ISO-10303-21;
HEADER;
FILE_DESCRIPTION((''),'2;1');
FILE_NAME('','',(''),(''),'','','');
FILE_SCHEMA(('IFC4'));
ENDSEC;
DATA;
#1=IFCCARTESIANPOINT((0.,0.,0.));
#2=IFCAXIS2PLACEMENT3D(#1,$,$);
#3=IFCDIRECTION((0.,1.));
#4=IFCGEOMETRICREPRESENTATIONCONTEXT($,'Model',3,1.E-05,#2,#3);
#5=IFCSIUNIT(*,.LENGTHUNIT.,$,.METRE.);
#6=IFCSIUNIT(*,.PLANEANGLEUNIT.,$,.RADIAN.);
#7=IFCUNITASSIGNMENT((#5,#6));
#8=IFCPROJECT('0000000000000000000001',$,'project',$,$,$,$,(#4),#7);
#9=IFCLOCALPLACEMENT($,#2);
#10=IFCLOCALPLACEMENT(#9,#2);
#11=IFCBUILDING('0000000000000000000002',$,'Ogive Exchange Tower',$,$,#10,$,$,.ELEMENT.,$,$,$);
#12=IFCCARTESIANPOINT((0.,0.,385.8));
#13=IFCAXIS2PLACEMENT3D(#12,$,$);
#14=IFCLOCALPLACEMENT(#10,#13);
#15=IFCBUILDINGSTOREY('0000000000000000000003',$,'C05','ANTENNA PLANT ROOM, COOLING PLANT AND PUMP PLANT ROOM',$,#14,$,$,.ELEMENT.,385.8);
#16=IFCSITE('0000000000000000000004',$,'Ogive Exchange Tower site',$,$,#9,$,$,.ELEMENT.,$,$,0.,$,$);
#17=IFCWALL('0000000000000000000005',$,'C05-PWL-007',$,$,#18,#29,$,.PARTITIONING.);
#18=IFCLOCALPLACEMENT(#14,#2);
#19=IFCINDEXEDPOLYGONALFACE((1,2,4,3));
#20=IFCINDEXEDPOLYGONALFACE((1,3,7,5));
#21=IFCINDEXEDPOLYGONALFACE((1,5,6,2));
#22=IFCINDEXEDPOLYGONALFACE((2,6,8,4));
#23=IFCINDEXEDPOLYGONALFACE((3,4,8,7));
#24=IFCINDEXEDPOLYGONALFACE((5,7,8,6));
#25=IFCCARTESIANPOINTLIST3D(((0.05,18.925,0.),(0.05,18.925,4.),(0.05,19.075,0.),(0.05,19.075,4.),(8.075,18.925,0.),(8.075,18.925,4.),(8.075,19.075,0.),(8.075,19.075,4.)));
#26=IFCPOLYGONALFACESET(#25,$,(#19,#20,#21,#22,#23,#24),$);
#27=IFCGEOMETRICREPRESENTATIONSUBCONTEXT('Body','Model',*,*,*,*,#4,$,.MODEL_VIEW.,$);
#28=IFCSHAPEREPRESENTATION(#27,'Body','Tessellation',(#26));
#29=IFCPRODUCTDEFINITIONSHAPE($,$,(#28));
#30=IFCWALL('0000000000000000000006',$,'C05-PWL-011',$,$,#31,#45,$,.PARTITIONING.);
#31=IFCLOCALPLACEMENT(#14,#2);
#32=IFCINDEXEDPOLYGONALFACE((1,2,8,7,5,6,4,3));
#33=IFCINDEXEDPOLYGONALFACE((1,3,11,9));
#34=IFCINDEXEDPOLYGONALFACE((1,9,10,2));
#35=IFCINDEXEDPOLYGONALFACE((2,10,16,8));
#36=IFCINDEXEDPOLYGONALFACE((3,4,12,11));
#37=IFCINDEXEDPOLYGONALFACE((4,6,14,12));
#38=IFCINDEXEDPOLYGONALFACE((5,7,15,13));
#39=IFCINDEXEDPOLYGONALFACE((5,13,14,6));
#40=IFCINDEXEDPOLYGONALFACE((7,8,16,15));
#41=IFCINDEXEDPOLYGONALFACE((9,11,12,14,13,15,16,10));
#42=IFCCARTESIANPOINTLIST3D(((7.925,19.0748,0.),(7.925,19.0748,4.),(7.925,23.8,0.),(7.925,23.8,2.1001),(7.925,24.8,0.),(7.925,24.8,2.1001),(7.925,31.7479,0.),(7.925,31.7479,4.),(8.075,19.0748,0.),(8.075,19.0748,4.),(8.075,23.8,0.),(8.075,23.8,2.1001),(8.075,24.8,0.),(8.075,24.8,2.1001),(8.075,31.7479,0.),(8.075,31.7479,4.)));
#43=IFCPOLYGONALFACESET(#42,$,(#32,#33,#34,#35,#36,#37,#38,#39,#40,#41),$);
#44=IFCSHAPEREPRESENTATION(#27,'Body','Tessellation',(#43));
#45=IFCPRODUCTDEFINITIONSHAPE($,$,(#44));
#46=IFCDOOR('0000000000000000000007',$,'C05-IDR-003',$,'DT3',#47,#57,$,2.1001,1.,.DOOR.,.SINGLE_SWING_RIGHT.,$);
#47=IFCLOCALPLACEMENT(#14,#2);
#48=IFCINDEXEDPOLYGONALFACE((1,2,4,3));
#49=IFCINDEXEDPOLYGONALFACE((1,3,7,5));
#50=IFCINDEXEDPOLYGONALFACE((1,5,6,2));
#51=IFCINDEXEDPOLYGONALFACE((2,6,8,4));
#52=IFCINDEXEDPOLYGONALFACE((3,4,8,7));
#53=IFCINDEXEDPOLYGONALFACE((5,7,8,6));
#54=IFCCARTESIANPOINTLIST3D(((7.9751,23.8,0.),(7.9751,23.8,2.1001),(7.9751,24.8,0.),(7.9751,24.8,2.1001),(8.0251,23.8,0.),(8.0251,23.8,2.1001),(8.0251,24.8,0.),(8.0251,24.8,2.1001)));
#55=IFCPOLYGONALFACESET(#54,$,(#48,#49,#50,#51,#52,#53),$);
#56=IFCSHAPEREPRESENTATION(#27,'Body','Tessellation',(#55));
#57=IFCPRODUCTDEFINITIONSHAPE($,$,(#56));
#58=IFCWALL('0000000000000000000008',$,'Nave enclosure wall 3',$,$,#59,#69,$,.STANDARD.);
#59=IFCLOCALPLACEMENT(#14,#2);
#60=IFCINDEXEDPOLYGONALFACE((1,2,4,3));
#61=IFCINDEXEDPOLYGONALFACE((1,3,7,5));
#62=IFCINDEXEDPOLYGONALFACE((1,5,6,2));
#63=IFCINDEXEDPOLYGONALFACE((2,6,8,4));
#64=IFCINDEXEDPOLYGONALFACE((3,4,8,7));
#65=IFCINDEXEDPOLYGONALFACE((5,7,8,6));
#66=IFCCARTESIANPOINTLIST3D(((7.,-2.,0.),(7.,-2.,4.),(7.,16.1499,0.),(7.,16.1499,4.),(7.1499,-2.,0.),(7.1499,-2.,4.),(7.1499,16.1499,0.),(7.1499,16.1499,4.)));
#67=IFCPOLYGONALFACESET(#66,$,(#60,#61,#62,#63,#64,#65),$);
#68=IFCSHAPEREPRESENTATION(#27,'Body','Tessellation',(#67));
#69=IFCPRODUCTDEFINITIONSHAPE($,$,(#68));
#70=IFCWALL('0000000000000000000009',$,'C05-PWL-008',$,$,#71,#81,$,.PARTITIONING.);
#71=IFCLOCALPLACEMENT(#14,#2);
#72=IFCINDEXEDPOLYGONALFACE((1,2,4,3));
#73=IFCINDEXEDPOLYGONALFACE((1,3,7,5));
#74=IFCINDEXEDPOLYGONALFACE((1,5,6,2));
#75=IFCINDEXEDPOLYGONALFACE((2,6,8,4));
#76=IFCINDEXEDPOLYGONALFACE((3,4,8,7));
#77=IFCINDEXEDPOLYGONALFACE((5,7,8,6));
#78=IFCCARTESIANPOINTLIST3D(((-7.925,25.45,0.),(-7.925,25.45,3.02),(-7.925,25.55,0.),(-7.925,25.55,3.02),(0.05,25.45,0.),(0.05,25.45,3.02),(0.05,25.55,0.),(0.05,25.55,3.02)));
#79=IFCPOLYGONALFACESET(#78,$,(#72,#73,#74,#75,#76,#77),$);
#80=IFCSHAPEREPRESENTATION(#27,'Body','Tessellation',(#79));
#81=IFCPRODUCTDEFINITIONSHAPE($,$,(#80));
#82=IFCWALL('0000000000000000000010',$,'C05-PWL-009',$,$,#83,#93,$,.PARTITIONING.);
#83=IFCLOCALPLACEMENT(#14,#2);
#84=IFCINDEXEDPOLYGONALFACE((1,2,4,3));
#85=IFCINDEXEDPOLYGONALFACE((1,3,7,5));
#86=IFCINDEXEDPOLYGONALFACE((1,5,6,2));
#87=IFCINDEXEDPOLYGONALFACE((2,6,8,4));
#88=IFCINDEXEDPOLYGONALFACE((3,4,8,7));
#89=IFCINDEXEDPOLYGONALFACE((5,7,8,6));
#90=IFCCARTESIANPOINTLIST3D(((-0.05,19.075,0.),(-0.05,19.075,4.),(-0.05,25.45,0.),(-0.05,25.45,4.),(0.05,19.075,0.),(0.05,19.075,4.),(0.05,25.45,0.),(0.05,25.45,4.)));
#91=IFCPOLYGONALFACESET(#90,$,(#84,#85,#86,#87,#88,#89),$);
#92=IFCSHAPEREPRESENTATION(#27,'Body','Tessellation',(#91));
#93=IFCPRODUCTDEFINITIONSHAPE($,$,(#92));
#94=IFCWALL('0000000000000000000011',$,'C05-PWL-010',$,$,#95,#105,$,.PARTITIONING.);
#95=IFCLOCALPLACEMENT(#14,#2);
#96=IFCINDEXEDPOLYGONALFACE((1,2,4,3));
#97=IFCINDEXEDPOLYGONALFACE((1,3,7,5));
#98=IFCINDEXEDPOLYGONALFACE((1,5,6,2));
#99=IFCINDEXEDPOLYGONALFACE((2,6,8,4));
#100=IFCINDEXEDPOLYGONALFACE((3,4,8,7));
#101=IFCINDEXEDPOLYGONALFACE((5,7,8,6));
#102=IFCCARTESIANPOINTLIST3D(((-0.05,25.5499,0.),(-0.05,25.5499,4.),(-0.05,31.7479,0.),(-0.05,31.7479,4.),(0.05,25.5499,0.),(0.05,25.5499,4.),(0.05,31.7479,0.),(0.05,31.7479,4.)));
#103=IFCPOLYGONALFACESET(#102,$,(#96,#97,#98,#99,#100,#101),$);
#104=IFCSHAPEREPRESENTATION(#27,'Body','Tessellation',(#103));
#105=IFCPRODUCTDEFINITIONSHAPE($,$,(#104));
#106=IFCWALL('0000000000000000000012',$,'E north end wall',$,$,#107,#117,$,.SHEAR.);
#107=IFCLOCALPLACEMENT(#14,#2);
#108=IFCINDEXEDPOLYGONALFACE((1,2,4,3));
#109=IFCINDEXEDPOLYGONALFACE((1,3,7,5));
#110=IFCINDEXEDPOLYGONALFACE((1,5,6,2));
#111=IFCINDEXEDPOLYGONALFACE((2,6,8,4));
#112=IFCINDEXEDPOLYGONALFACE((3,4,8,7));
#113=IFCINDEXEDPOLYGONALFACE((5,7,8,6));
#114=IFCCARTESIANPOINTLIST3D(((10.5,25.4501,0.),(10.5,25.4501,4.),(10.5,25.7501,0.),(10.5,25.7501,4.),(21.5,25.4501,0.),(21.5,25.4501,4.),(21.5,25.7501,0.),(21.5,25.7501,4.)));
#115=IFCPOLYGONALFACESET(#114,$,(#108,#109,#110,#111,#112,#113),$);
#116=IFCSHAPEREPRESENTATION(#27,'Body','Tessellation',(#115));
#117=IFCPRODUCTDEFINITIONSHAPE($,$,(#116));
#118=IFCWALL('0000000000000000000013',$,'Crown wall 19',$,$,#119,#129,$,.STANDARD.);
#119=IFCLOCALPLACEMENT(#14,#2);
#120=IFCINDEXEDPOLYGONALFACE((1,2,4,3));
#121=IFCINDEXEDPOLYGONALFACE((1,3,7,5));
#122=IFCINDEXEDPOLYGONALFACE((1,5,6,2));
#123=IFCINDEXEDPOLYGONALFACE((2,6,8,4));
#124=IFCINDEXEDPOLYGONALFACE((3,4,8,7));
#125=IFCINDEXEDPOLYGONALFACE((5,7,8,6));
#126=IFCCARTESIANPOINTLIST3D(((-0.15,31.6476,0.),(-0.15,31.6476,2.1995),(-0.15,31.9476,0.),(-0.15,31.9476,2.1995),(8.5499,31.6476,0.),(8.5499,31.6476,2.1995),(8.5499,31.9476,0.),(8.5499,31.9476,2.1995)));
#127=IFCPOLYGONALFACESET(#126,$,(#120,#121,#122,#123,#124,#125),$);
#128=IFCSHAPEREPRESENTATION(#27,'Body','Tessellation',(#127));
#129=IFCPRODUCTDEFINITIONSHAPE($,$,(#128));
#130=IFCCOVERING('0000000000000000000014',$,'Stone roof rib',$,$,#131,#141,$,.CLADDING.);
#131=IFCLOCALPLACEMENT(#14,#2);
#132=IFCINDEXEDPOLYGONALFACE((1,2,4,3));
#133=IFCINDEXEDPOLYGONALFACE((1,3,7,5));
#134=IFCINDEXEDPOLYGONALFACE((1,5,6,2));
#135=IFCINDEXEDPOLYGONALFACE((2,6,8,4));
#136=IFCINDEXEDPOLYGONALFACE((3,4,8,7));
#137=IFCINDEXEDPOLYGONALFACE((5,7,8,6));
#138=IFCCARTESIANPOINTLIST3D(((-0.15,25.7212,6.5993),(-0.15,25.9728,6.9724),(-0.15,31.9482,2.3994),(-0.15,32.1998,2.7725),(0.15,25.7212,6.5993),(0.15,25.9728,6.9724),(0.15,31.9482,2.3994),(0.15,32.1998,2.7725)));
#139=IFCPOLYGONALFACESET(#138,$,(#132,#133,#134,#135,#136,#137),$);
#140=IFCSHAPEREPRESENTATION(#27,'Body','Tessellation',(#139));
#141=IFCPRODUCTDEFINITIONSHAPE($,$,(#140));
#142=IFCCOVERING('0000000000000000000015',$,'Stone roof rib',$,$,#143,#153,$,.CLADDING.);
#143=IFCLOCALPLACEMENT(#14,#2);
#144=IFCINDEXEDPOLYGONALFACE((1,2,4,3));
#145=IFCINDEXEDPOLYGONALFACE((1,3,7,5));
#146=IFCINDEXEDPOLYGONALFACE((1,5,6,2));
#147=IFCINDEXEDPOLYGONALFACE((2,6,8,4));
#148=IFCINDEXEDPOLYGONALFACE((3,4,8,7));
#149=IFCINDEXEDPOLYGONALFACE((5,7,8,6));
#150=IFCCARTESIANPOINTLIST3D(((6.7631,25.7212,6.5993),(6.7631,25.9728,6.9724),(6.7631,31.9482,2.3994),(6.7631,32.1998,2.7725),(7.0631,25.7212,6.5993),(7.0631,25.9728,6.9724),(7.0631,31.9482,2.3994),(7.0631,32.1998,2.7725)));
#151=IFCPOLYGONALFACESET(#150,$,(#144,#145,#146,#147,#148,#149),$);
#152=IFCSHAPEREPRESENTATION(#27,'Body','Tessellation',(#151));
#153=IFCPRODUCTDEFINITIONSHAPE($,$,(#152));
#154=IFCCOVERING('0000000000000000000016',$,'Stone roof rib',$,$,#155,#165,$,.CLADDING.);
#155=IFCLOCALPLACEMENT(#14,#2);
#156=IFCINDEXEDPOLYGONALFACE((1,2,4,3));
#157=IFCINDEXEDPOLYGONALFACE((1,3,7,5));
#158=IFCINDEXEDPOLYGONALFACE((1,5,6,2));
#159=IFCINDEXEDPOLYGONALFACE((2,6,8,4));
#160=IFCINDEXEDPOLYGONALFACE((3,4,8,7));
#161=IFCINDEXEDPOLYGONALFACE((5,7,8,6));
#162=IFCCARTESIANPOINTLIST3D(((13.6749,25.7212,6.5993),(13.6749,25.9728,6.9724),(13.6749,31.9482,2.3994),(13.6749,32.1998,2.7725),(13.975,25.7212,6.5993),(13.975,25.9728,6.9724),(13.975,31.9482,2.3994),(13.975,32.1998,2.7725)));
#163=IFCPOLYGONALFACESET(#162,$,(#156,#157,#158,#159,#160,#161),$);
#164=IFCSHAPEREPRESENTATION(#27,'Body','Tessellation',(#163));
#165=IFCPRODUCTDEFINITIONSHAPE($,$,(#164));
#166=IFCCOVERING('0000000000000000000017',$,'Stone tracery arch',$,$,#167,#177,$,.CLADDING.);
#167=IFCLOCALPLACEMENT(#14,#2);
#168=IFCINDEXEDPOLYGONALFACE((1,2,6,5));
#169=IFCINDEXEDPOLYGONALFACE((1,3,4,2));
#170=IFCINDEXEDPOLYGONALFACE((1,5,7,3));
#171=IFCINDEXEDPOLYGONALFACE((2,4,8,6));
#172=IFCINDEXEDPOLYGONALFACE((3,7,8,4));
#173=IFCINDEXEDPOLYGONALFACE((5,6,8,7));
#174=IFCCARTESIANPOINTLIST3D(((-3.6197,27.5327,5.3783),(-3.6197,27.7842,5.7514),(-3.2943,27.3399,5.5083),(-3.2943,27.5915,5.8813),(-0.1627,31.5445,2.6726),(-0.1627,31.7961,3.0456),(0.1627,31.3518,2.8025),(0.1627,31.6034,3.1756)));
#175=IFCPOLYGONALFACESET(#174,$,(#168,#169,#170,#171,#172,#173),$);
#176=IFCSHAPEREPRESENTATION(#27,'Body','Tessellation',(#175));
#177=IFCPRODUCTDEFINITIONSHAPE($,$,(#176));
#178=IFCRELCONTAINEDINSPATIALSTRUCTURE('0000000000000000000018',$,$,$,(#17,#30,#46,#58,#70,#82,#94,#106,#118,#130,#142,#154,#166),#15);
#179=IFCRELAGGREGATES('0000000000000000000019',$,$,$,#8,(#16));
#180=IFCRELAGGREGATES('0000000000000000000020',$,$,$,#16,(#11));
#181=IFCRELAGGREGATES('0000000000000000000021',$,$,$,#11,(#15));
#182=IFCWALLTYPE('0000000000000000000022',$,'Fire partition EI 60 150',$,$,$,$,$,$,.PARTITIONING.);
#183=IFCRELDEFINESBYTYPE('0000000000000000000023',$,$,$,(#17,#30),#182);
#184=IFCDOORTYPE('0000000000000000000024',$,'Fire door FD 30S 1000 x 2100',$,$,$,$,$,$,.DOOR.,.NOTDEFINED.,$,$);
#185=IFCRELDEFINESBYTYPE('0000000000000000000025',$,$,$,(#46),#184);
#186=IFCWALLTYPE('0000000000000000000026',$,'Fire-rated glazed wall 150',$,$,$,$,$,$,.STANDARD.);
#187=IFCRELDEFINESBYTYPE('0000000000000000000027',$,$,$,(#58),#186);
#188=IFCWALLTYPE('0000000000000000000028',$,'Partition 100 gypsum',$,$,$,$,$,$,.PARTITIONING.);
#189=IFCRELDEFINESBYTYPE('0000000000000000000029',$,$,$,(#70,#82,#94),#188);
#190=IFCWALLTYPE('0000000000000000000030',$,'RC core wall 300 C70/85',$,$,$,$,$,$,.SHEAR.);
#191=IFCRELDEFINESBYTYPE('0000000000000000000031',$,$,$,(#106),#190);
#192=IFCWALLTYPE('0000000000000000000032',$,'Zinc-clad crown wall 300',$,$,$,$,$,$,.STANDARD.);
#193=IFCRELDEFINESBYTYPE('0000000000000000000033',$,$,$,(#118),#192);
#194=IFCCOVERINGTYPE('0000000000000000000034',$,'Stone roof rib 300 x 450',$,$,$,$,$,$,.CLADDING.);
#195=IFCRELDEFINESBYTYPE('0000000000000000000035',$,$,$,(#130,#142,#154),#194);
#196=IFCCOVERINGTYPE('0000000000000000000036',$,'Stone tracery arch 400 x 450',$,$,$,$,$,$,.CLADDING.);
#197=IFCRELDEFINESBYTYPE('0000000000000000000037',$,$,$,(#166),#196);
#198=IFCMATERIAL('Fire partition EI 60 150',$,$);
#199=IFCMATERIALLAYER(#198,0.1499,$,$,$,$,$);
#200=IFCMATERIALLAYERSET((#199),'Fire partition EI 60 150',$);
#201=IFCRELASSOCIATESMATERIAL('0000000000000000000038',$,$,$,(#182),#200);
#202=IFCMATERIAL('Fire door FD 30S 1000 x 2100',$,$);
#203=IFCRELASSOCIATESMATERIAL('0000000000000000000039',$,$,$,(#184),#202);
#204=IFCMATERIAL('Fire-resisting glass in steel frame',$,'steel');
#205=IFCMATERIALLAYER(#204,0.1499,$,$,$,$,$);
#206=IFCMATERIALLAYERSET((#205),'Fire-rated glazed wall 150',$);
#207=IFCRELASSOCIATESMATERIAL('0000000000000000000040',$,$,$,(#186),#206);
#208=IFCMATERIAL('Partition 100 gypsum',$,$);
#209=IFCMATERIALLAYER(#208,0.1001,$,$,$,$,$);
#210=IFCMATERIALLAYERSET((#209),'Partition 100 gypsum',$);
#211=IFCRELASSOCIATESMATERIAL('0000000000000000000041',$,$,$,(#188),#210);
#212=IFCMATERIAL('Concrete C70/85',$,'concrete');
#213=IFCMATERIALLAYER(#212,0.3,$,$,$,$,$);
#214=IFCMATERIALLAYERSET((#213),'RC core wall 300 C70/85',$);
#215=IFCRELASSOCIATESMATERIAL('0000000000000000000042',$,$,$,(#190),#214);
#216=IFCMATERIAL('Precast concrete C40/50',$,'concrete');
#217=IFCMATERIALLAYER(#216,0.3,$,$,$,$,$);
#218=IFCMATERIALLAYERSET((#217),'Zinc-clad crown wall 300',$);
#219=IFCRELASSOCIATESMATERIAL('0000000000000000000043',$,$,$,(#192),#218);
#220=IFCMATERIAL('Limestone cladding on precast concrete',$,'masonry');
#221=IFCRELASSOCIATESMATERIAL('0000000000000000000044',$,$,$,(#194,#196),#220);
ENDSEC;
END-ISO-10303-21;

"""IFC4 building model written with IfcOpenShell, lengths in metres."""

from ifc_helpers import new_model, si_unit, direction, frame, frame_2d, origin, origin_2d, place, context, subcontext, project, spatial, rectangle, extrude, material, layer, layer_set, material_profile, profile_set, type_object, element, fill, save


model = new_model("IFC4")

# Units and contexts
model_context = context("Model", 3, precision=1e-05, world=origin(), true_north=direction((0.0, 1.0)))
body_context = subcontext(model_context, "Body", "Model", "MODEL_VIEW")
ifc_project = project(units=[si_unit("LENGTHUNIT", "METRE"), si_unit("PLANEANGLEUNIT", "RADIAN")], contexts=[model_context])

# Site, building, storey
site_placement = place(None, origin())
site = spatial("IfcSite", under=ifc_project, at=site_placement, Name="Ogive Exchange Tower site", CompositionType="ELEMENT", RefElevation=0.0)
building_placement = place(site_placement, origin())
building = spatial("IfcBuilding", under=site, at=building_placement, Name="Ogive Exchange Tower", CompositionType="ELEMENT")
storey_placement = place(building_placement, frame((0.0, 0.0, 385.8)))
storey = spatial("IfcBuildingStorey", under=building, at=storey_placement, Name="C05", Description="ANTENNA PLANT ROOM, COOLING PLANT AND PUMP PLANT ROOM", CompositionType="ELEMENT", Elevation=385.8)

# Wall
ifc_material_1 = material(Name="Fire partition EI 60 150")
ifc_layer_1 = layer(ifc_material_1, 0.1499)
ifc_layer_set_1 = layer_set([ifc_layer_1], Name="Fire partition EI 60 150")
wall_type_1 = type_object("IfcWallType", Name="Fire partition EI 60 150", PredefinedType="PARTITIONING", material=ifc_layer_set_1)
wall_1_placement = place(storey_placement, frame((0.05, 19.0, 0.0), z_axis=(0.0, 0.0, 1.0), x_axis=(1.0, 0.0, 0.0)))
element("IfcWall", 1, at=wall_1_placement, inside=storey, type_object=wall_type_1, Name="C05-PWL-007", PredefinedType="PARTITIONING", context=body_context, shape_type="SweptSolid", body=[
    extrude(rectangle(XDim=8.0249, YDim=0.1499, at=frame_2d((4.0125, 0.0))), origin(), (0.0, 0.0, 1.0), 4.0),
])

# Wall, opening, door
wall_2_placement = place(storey_placement, frame((8.0, 19.075, 0.0), z_axis=(0.0, 0.0, 1.0), x_axis=(0.0, 1.0, 0.0)))
wall_2 = element("IfcWall", 2, at=wall_2_placement, inside=storey, type_object=wall_type_1, Name="C05-PWL-011", PredefinedType="PARTITIONING", context=body_context, shape_type="SweptSolid", body=[
    extrude(rectangle(XDim=12.6731, YDim=0.1499, at=frame_2d((6.3364, 0.0))), origin(), (0.0, 0.0, 1.0), 4.0),
])
opening_placement = place(wall_2_placement, frame((4.7251, 0.0, 0.0)))
opening = element("IfcOpeningElement", 3, at=opening_placement, cuts=wall_2, PredefinedType="OPENING", context=body_context, shape_type="SweptSolid", body=[
    extrude(rectangle(XDim=1.0, YDim=2.1001, at=frame_2d((0.5, 1.05))), frame((0.0, 0.085, 0.0), z_axis=(0.0, -1.0, 0.0), x_axis=(1.0, 0.0, 0.0)), (0.0, 0.0, 1.0), 0.1699),
])
ifc_material_2 = material(Name="Fire door FD 30S 1000 x 2100")
door_type = type_object("IfcDoorType", Name="Fire door FD 30S 1000 x 2100", OperationType="NOTDEFINED", PredefinedType="DOOR", material=ifc_material_2)
door_placement = place(opening_placement, origin())
door = element("IfcDoor", 4, at=door_placement, inside=storey, type_object=door_type, Name="C05-IDR-003", ObjectType="DT3", OperationType="SINGLE_SWING_RIGHT", OverallHeight=2.1001, OverallWidth=1.0, PredefinedType="DOOR", context=body_context, shape_type="SweptSolid", body=[
    extrude(rectangle(XDim=1.0, YDim=2.1001, at=frame_2d((0.5, 1.05))), frame((0.0, 0.0249, 0.0), z_axis=(0.0, -1.0, 0.0), x_axis=(1.0, 0.0, 0.0)), (0.0, 0.0, 1.0), 0.05),
])
fill(opening, door)

# Walls
ifc_material_3 = material(Name="Fire-resisting glass in steel frame", Category="steel")
ifc_layer_2 = layer(ifc_material_3, 0.1499)
ifc_layer_set_2 = layer_set([ifc_layer_2], Name="Fire-rated glazed wall 150")
wall_type_2 = type_object("IfcWallType", Name="Fire-rated glazed wall 150", PredefinedType="STANDARD", material=ifc_layer_set_2)
wall_3_placement = place(storey_placement, frame((7.075, 16.1499, 0.0), z_axis=(0.0, 0.0, 1.0), x_axis=(0.0, -1.0, 0.0)))
element("IfcWall", 5, at=wall_3_placement, inside=storey, type_object=wall_type_2, Name="Nave enclosure wall 3", PredefinedType="STANDARD", context=body_context, shape_type="SweptSolid", body=[
    extrude(rectangle(XDim=18.1499, YDim=0.1499, at=frame_2d((9.075, 0.0))), origin(), (0.0, 0.0, 1.0), 4.0),
])
ifc_material_4 = material(Name="Partition 100 gypsum")
ifc_layer_3 = layer(ifc_material_4, 0.1001)
ifc_layer_set_3 = layer_set([ifc_layer_3], Name="Partition 100 gypsum")
wall_type_3 = type_object("IfcWallType", Name="Partition 100 gypsum", PredefinedType="PARTITIONING", material=ifc_layer_set_3)
wall_4_placement = place(storey_placement, frame((0.05, 25.5, 0.0), z_axis=(0.0, 0.0, 1.0), x_axis=(-1.0, 0.0, 0.0)))
element("IfcWall", 6, at=wall_4_placement, inside=storey, type_object=wall_type_3, Name="C05-PWL-008", PredefinedType="PARTITIONING", context=body_context, shape_type="SweptSolid", body=[
    extrude(rectangle(XDim=7.9751, YDim=0.1001, at=frame_2d((3.9875, 0.0))), origin(), (0.0, 0.0, 1.0), 3.02),
])
wall_5_placement = place(storey_placement, frame((0.0, 25.45, 0.0), z_axis=(0.0, 0.0, 1.0), x_axis=(0.0, -1.0, 0.0)))
element("IfcWall", 7, at=wall_5_placement, inside=storey, type_object=wall_type_3, Name="C05-PWL-009", PredefinedType="PARTITIONING", context=body_context, shape_type="SweptSolid", body=[
    extrude(rectangle(XDim=6.375, YDim=0.1001, at=frame_2d((3.1875, 0.0))), origin(), (0.0, 0.0, 1.0), 4.0),
])
wall_6_placement = place(storey_placement, frame((0.0, 31.748, 0.0), z_axis=(0.0, 0.0, 1.0), x_axis=(0.0, -1.0, 0.0)))
element("IfcWall", 8, at=wall_6_placement, inside=storey, type_object=wall_type_3, Name="C05-PWL-010", PredefinedType="PARTITIONING", context=body_context, shape_type="SweptSolid", body=[
    extrude(rectangle(XDim=6.198, YDim=0.1001, at=frame_2d((3.0991, 0.0))), origin(), (0.0, 0.0, 1.0), 4.0),
])
ifc_material_5 = material(Name="Concrete C70/85", Category="concrete")
ifc_layer_4 = layer(ifc_material_5, 0.3)
ifc_layer_set_4 = layer_set([ifc_layer_4], Name="RC core wall 300 C70/85")
wall_type_4 = type_object("IfcWallType", Name="RC core wall 300 C70/85", PredefinedType="SHEAR", material=ifc_layer_set_4)
wall_7_placement = place(storey_placement, frame((10.5, 25.6001, 0.0), z_axis=(0.0, 0.0, 1.0), x_axis=(1.0, 0.0, 0.0)))
element("IfcWall", 9, at=wall_7_placement, inside=storey, type_object=wall_type_4, Name="E north end wall", PredefinedType="SHEAR", context=body_context, shape_type="SweptSolid", body=[
    extrude(rectangle(XDim=11.0, YDim=0.3, at=frame_2d((5.5, 0.0))), origin(), (0.0, 0.0, 1.0), 4.0),
])
ifc_material_6 = material(Name="Precast concrete C40/50", Category="concrete")
ifc_layer_5 = layer(ifc_material_6, 0.3)
ifc_layer_set_5 = layer_set([ifc_layer_5], Name="Zinc-clad crown wall 300")
wall_type_5 = type_object("IfcWallType", Name="Zinc-clad crown wall 300", PredefinedType="STANDARD", material=ifc_layer_set_5)
wall_8_placement = place(storey_placement, frame((8.55, 31.7976, 0.0), z_axis=(0.0, 0.0, 1.0), x_axis=(-1.0, 0.0, 0.0)))
element("IfcWall", 10, at=wall_8_placement, inside=storey, type_object=wall_type_5, Name="Crown wall 19", PredefinedType="STANDARD", context=body_context, shape_type="SweptSolid", body=[
    extrude(rectangle(XDim=8.7, YDim=0.3, at=frame_2d((4.3501, 0.0))), origin(), (0.0, 0.0, 1.0), 2.1995),
])

# Coverings
ifc_material_7 = material(Name="Limestone cladding on precast concrete", Category="masonry")
ifc_material_profile_1 = material_profile(ifc_material_7, rectangle(XDim=0.3, YDim=0.45, at=origin_2d()), Name="RIB 300 x 450")
ifc_profile_set_1 = profile_set([ifc_material_profile_1], Name="Limestone cladding on precast concrete")
covering_type_1 = type_object("IfcCoveringType", Name="Stone roof rib 300 x 450", PredefinedType="CLADDING", material=ifc_profile_set_1)
for number, where, z_axis, x_axis, name in (
    (11, (0.0, 32.074, 2.5859), (0.0, -0.829053, 0.55917), (1.0, 0.0, 0.0), "Stone roof rib"),
    (12, (6.9131, 32.074, 2.5859), (0.0, -0.829053, 0.55917), (1.0, 0.0, 0.0), "Stone roof rib"),
    (13, (13.825, 32.074, 2.5859), (0.0, -0.829053, 0.55917), (1.0, 0.0, 0.0), "Stone roof rib"),
):
    element("IfcCovering", number, at=place(storey_placement, frame(where, z_axis=z_axis, x_axis=x_axis)), inside=storey, type_object=covering_type_1, Name=name, PredefinedType="CLADDING", context=body_context, shape_type="SweptSolid", body=[
        extrude(rectangle(XDim=0.3, YDim=0.45, at=origin_2d()), origin(), (0.0, 0.0, 1.0), 7.511),
    ])
ifc_material_profile_2 = material_profile(ifc_material_7, rectangle(XDim=0.3999, YDim=0.45, at=origin_2d()), Name="TRACERY 400 x 450")
ifc_profile_set_2 = profile_set([ifc_material_profile_2], Name="Limestone cladding on precast concrete")
covering_type_2 = type_object("IfcCoveringType", Name="Stone tracery arch 400 x 450", PredefinedType="CLADDING", material=ifc_profile_set_2)
for number, where, z_axis, x_axis, name in (
    (14, (0.0, 31.574, 2.9241), (-0.581294, -0.674605, 0.454978), (0.813693, -0.481935, 0.325025), "Stone tracery arch"),
):
    element("IfcCovering", number, at=place(storey_placement, frame(where, z_axis=z_axis, x_axis=x_axis)), inside=storey, type_object=covering_type_2, Name=name, PredefinedType="CLADDING", context=body_context, shape_type="SweptSolid", body=[
        extrude(rectangle(XDim=0.3999, YDim=0.45, at=origin_2d()), origin(), (0.0, 0.0, 1.0), 5.947),
    ])

save(model, "model.ifc")
